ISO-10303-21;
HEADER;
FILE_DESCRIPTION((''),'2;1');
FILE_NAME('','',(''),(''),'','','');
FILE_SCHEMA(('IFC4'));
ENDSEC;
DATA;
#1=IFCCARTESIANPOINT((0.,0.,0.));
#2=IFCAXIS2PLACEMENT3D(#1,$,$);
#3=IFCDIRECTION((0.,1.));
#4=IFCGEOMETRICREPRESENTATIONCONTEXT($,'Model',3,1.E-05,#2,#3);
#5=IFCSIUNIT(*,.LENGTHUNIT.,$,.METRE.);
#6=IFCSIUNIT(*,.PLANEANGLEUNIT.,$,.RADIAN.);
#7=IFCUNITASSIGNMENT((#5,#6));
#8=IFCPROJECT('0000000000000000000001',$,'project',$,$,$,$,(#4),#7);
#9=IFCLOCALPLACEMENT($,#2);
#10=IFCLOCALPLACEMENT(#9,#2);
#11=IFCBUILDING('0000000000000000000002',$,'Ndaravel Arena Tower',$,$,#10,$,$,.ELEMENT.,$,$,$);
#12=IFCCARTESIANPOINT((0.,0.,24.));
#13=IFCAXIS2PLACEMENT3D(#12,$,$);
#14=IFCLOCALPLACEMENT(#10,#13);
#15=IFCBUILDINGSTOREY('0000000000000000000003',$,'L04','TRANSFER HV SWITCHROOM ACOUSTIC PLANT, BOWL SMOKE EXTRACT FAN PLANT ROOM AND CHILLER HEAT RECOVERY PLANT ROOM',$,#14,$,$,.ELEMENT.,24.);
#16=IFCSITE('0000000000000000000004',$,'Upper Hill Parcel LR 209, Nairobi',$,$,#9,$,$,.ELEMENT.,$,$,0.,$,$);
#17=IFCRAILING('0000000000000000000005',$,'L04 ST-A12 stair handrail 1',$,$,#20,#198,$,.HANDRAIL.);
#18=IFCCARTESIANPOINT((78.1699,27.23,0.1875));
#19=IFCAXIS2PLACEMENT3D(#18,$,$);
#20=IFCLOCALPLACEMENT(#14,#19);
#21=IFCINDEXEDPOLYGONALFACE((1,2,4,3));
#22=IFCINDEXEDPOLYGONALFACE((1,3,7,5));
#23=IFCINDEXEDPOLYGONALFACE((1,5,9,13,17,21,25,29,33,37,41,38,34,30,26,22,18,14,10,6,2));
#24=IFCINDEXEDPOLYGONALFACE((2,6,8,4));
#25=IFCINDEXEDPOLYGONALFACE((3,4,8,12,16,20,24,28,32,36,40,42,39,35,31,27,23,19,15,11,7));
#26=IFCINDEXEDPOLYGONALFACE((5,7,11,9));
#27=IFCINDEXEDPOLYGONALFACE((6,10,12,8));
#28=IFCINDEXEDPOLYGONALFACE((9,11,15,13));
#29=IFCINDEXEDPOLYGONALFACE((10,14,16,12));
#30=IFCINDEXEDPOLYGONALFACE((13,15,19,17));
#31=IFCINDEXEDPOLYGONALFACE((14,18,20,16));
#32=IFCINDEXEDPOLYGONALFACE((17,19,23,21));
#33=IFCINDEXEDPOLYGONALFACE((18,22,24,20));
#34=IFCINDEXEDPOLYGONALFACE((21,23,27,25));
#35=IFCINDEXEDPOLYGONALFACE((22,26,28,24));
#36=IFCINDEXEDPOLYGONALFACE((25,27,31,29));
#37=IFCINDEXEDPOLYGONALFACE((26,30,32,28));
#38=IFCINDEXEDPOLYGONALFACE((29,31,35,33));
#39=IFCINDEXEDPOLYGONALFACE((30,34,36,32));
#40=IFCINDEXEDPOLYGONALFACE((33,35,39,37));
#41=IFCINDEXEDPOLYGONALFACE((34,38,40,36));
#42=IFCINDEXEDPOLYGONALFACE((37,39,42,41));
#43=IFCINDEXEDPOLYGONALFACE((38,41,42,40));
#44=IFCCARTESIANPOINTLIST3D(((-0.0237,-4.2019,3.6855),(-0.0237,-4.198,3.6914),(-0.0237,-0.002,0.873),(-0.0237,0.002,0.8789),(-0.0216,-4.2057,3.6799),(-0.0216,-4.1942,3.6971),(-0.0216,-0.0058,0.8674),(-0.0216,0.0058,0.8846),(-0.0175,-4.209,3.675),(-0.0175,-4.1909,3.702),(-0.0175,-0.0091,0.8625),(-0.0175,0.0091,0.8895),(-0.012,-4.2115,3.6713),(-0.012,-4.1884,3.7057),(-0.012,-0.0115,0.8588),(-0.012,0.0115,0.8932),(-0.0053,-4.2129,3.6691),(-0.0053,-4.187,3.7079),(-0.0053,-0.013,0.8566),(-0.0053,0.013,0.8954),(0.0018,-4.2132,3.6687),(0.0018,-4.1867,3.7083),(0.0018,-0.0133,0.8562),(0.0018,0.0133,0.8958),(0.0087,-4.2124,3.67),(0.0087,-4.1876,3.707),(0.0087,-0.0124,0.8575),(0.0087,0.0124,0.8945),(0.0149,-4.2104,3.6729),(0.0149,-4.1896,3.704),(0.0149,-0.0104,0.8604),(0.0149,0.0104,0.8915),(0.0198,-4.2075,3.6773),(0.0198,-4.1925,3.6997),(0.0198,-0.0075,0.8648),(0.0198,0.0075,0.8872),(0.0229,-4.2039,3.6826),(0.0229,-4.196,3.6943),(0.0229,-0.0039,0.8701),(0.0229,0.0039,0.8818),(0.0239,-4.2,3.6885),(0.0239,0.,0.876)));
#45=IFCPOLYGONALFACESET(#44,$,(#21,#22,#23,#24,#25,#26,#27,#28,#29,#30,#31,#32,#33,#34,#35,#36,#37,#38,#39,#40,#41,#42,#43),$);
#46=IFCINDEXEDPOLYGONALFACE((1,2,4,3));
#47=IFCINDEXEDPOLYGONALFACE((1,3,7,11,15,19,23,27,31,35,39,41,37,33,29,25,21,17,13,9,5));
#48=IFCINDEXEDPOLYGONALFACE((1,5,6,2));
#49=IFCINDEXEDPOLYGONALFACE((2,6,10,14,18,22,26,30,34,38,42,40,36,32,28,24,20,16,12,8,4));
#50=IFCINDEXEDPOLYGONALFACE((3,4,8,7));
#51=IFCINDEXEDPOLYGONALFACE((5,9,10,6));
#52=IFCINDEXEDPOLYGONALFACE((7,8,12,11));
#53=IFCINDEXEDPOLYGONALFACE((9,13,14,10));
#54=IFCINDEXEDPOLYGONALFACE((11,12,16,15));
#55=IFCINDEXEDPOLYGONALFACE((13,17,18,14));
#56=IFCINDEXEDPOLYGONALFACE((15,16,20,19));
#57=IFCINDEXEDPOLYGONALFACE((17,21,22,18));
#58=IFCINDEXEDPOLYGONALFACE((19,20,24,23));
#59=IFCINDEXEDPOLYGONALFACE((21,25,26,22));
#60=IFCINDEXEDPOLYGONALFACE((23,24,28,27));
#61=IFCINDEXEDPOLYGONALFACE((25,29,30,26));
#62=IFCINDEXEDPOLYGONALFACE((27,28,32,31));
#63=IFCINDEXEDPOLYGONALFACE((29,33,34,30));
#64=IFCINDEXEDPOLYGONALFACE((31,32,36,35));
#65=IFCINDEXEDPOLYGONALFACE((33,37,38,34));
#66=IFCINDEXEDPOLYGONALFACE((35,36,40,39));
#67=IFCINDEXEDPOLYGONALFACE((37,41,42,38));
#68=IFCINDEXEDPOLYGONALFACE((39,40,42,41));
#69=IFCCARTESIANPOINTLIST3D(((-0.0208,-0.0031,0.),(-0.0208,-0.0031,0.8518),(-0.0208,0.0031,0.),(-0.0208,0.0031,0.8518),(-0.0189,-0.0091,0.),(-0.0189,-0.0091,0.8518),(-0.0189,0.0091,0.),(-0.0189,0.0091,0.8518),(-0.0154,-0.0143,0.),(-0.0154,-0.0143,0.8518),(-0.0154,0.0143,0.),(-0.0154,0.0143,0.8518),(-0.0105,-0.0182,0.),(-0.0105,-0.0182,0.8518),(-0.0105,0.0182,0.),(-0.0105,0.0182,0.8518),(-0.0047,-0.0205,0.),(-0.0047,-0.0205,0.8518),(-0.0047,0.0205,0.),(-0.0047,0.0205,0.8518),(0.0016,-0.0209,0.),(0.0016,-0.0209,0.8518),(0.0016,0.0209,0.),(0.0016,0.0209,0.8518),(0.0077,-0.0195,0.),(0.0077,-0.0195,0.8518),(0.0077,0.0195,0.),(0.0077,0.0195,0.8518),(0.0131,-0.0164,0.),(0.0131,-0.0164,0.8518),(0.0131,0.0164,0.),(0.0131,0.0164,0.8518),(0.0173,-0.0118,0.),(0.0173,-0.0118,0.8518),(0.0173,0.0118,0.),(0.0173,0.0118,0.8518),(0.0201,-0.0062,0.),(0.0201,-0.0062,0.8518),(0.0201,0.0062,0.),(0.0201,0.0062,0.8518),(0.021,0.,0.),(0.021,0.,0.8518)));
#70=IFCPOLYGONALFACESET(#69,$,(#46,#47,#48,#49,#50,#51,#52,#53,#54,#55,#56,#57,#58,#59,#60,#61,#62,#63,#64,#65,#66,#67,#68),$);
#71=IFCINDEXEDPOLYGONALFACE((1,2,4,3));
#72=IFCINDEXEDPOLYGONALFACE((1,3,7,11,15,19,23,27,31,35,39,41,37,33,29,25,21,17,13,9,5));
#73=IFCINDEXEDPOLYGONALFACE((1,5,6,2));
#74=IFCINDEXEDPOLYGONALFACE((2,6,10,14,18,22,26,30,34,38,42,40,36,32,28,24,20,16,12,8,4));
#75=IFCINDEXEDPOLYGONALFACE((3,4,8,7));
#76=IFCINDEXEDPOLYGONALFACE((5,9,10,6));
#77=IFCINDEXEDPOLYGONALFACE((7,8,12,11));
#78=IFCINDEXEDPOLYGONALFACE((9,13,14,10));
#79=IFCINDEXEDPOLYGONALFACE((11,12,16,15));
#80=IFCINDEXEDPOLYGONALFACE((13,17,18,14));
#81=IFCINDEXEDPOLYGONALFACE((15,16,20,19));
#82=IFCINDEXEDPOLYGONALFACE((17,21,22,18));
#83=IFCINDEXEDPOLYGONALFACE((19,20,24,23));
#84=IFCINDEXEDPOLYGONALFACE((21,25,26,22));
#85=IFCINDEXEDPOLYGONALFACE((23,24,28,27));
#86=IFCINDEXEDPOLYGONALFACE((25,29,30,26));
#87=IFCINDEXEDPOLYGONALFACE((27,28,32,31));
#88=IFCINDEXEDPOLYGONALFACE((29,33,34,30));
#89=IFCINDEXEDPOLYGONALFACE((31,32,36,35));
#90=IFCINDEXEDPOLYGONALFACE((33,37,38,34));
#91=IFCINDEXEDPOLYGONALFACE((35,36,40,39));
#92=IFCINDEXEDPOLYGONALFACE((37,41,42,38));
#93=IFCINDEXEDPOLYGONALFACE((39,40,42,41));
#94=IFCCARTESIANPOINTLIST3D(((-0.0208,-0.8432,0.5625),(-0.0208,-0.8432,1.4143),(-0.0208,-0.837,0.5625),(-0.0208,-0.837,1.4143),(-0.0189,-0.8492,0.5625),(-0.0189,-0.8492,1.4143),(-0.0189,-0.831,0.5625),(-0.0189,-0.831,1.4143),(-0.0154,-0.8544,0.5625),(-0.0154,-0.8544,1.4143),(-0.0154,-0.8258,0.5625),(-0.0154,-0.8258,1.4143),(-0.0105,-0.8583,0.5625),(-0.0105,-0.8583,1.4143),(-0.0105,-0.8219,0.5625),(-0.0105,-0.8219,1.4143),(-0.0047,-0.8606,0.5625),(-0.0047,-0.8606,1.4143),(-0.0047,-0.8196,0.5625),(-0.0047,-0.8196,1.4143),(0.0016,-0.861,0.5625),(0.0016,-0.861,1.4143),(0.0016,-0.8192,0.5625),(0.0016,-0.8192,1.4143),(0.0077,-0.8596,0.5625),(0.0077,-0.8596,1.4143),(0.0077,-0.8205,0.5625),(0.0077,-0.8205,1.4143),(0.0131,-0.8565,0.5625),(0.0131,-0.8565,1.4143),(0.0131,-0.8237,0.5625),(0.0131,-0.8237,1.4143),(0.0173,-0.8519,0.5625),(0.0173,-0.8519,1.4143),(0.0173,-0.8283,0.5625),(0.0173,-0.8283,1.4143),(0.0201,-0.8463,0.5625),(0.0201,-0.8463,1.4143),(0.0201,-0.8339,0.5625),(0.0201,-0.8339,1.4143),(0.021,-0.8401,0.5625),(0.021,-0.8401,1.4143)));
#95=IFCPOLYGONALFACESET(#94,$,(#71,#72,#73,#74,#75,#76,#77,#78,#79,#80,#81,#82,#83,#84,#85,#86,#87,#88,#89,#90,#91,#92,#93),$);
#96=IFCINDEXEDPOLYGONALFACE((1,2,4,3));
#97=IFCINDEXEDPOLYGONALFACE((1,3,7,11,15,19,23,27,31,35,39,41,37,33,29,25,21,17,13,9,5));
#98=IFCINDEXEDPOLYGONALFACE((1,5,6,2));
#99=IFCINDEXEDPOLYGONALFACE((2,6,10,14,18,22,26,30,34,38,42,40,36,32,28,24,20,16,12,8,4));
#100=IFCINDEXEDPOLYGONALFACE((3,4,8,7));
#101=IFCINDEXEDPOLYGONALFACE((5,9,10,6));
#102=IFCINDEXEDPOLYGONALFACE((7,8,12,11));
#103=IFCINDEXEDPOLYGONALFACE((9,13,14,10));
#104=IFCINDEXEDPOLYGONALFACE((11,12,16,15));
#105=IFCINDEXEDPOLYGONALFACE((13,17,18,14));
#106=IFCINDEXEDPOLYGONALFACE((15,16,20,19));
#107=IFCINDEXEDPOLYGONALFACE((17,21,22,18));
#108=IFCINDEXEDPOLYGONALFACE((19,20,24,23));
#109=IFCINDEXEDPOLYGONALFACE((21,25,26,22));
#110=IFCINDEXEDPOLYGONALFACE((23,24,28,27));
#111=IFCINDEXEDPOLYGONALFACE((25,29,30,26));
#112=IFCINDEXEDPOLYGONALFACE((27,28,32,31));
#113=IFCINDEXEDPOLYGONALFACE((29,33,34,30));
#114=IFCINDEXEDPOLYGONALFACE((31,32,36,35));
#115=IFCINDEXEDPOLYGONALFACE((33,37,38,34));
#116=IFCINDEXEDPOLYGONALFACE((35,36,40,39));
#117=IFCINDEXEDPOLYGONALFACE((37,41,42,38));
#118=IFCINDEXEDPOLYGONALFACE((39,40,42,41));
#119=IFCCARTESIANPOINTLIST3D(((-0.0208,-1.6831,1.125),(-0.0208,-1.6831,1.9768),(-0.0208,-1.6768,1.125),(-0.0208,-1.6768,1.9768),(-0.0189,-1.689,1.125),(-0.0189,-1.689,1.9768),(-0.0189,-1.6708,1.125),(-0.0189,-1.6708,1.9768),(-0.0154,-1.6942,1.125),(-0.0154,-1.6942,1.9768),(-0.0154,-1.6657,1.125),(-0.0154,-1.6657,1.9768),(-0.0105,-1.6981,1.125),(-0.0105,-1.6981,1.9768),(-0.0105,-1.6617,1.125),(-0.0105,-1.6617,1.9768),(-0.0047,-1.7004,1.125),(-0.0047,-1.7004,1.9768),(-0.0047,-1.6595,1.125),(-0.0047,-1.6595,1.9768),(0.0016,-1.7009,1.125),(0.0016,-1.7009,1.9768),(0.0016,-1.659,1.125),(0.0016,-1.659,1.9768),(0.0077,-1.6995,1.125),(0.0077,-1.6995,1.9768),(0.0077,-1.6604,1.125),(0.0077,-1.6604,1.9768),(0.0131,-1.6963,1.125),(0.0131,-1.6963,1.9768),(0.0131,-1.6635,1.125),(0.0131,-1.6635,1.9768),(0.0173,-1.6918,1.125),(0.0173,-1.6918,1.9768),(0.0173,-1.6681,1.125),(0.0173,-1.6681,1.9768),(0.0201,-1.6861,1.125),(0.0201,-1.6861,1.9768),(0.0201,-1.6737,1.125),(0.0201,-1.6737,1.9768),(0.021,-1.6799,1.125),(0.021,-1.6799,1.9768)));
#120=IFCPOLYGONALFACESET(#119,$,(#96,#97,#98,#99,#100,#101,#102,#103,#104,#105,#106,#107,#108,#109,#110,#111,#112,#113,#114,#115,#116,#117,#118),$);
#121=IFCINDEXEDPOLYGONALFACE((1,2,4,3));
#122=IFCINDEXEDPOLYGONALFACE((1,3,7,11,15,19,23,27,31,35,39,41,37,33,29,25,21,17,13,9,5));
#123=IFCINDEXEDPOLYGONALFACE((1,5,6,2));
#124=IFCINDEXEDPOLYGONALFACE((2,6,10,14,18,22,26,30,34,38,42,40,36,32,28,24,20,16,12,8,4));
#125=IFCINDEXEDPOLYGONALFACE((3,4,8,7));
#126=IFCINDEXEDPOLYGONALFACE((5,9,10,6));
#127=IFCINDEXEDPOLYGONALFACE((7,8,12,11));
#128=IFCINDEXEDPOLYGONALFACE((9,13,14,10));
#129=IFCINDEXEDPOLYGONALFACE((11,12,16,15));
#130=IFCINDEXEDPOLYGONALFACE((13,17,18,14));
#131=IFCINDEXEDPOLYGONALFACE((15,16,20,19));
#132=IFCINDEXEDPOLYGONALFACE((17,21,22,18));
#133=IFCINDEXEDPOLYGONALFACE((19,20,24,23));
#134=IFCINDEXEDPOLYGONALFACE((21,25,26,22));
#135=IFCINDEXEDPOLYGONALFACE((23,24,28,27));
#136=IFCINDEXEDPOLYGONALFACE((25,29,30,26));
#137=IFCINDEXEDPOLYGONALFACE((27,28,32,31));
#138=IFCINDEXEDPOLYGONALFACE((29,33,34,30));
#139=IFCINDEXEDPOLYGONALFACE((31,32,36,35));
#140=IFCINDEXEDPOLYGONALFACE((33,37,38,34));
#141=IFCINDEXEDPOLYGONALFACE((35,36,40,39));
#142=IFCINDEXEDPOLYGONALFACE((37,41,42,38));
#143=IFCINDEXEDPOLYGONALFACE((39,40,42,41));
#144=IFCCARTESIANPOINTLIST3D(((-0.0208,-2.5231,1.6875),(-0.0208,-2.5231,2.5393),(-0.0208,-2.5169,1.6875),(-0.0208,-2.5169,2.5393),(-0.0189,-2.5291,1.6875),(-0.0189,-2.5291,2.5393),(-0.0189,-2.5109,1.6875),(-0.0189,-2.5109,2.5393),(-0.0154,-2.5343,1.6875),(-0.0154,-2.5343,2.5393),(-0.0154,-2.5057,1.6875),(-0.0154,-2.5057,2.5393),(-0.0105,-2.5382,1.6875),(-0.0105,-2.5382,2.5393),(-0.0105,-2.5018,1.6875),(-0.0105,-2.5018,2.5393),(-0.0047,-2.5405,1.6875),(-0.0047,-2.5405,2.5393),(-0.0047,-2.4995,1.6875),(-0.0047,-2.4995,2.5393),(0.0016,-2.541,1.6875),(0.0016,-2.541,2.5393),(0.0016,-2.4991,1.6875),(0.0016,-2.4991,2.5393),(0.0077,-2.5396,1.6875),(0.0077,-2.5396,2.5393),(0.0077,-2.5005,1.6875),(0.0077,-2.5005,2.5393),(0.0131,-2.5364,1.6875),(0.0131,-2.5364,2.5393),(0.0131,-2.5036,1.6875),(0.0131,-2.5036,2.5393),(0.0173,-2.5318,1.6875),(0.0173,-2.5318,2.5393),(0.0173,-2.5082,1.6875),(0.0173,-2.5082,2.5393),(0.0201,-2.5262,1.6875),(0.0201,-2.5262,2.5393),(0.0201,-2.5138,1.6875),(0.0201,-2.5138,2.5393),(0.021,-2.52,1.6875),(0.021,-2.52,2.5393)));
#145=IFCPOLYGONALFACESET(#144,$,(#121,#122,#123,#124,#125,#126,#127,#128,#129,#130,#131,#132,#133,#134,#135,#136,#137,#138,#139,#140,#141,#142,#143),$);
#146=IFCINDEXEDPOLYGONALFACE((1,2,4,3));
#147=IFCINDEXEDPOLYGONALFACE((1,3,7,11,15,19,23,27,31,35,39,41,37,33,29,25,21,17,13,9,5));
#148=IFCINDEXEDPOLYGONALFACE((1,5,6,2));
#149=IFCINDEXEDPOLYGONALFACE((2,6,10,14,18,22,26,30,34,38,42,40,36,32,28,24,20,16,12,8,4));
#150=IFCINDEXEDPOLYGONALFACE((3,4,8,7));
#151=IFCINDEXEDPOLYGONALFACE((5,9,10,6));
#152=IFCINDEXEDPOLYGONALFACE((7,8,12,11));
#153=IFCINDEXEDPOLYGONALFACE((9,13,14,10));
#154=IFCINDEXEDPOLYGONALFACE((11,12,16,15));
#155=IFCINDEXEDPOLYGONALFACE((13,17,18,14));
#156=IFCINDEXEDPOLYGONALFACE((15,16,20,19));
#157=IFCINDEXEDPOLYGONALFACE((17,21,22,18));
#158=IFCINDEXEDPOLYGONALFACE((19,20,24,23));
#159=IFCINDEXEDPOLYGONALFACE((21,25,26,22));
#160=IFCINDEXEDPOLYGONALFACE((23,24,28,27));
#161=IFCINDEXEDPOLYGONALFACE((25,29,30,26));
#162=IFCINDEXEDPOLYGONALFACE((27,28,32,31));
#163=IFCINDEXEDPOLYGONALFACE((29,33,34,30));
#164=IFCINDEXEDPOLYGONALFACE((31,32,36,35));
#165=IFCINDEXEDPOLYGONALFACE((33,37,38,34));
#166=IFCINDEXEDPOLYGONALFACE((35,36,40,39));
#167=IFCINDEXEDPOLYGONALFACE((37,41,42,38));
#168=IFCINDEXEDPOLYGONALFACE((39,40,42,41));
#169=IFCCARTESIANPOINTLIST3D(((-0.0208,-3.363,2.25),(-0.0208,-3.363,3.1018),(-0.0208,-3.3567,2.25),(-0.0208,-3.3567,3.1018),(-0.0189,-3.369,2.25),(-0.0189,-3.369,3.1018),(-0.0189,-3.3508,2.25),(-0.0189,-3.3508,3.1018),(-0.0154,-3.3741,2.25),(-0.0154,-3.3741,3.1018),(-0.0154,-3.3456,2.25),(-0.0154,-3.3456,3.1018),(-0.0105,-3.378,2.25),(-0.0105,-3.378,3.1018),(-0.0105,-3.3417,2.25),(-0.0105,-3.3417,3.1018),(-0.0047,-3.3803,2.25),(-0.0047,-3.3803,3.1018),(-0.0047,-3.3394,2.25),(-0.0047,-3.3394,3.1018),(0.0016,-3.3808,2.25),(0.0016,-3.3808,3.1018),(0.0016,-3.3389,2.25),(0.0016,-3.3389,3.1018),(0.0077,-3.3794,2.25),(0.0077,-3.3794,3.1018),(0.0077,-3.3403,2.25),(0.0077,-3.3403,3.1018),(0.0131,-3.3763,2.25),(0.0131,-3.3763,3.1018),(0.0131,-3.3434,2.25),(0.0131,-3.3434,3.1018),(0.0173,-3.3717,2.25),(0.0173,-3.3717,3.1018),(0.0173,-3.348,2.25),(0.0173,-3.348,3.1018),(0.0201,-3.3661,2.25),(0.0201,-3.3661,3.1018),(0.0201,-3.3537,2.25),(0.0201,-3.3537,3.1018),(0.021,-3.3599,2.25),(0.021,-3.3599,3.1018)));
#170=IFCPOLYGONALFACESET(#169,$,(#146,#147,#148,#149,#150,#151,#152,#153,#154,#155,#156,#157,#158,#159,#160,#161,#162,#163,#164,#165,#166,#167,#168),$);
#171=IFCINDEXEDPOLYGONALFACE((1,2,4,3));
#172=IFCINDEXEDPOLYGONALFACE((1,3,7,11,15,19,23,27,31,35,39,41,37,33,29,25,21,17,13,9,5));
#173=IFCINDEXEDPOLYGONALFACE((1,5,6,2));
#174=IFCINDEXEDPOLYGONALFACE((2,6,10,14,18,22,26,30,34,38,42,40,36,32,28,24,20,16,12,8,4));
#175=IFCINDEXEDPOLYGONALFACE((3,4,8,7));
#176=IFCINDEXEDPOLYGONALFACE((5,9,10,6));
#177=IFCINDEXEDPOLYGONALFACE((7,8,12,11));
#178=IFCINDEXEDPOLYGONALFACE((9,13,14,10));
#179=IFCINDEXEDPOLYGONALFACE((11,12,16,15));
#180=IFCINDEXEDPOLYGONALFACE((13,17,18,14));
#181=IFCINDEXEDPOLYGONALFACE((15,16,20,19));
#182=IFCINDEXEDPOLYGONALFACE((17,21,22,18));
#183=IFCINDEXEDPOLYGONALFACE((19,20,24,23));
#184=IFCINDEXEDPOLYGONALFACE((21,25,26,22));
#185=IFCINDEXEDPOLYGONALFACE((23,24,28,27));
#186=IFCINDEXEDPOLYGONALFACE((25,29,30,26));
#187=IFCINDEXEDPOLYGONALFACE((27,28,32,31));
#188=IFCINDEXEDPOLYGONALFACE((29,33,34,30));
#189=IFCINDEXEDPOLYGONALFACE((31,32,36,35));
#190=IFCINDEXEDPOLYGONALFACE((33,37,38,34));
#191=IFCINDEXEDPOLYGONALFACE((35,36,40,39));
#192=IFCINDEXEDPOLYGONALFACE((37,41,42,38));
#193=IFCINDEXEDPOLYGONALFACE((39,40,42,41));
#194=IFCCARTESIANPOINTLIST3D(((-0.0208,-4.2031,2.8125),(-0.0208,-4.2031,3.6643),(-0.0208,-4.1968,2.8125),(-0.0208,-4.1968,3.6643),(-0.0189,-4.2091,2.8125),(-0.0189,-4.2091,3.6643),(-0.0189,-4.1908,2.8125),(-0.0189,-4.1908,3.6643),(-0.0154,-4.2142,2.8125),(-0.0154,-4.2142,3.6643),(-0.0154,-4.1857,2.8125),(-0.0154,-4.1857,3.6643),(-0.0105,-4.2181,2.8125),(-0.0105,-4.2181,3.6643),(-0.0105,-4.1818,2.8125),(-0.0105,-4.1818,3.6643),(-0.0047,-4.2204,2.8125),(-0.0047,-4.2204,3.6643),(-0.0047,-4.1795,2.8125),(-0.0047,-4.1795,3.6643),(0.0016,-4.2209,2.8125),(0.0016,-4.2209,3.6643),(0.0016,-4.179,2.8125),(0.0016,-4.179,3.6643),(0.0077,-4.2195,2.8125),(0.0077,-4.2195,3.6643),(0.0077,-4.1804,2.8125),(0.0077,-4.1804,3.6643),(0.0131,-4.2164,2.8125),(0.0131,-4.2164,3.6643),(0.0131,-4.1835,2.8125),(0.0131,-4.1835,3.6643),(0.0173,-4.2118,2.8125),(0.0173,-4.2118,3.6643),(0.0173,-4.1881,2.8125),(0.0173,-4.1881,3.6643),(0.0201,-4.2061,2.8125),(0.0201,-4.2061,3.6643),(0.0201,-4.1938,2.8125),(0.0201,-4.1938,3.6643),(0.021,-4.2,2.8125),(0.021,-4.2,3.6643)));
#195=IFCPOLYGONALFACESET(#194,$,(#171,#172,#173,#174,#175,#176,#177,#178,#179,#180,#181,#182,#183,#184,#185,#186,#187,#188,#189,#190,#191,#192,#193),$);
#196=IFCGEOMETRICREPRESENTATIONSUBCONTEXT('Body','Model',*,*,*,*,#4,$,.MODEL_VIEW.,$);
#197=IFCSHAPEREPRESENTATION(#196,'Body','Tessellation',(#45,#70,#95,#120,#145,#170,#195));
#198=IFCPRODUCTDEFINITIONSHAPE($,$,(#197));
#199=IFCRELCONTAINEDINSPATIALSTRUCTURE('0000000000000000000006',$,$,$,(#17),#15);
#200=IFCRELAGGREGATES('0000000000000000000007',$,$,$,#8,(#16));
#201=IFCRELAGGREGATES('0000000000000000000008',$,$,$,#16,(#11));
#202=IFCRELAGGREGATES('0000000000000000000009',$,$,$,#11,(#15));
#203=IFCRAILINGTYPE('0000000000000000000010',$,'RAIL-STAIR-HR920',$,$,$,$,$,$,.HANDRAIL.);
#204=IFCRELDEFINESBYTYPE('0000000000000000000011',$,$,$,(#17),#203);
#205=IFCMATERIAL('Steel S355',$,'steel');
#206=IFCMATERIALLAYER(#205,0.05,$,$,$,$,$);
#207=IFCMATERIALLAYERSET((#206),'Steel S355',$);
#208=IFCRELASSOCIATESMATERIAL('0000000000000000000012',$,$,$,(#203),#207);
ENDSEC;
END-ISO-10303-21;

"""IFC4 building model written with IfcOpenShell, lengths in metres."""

from ifc_helpers import new_model, si_unit, direction, frame, origin, origin_2d, place, context, subcontext, project, spatial, circle, extrude, material, layer, layer_set, type_object, element, save


model = new_model("IFC4")

# Units and contexts
model_context = context("Model", 3, precision=1e-05, world=origin(), true_north=direction((0.0, 1.0)))
body_context = subcontext(model_context, "Body", "Model", "MODEL_VIEW")
ifc_project = project(units=[si_unit("LENGTHUNIT", "METRE"), si_unit("PLANEANGLEUNIT", "RADIAN")], contexts=[model_context])

# Site, building, storey
site_placement = place(None, origin())
site = spatial("IfcSite", under=ifc_project, at=site_placement, Name="Upper Hill Parcel LR 209, Nairobi", CompositionType="ELEMENT", RefElevation=0.0)
building_placement = place(site_placement, origin())
building = spatial("IfcBuilding", under=site, at=building_placement, Name="Ndaravel Arena Tower", CompositionType="ELEMENT")
storey_placement = place(building_placement, frame((0.0, 0.0, 24.0)))
storey = spatial("IfcBuildingStorey", under=building, at=storey_placement, Name="L04", Description="TRANSFER HV SWITCHROOM ACOUSTIC PLANT, BOWL SMOKE EXTRACT FAN PLANT ROOM AND CHILLER HEAT RECOVERY PLANT ROOM", CompositionType="ELEMENT", Elevation=24.0)

# Railing
ifc_material_1 = material(Name="Steel S355", Category="steel")
ifc_layer_1 = layer(ifc_material_1, 0.05)
ifc_layer_set_1 = layer_set([ifc_layer_1], Name="Steel S355")
railing_type_1 = type_object("IfcRailingType", Name="RAIL-STAIR-HR920", PredefinedType="HANDRAIL", material=ifc_layer_set_1)
railing_1_placement = place(storey_placement, frame((78.1699, 27.23, 0.1875)))
element("IfcRailing", 1, at=railing_1_placement, inside=storey, type_object=railing_type_1, Name="L04 ST-A12 stair handrail 1", PredefinedType="HANDRAIL", context=body_context, shape_type="SweptSolid", body=[
    extrude(circle(Radius=0.0239, at=origin_2d()), frame((0.0, 0.0, 0.876), z_axis=(0.0, -0.830904, 0.556416), x_axis=(1.0, 0.0, 0.0)), (0.0, 0.0, 1.0), 5.0547),
    extrude(circle(Radius=0.021, at=origin_2d()), origin(), (0.0, 0.0, 1.0), 0.8518),
    extrude(circle(Radius=0.021, at=origin_2d()), frame((0.0, -0.8401, 0.5625)), (0.0, 0.0, 1.0), 0.8518),
    extrude(circle(Radius=0.021, at=origin_2d()), frame((0.0, -1.6799, 1.125)), (0.0, 0.0, 1.0), 0.8518),
    extrude(circle(Radius=0.021, at=origin_2d()), frame((0.0, -2.52, 1.6875)), (0.0, 0.0, 1.0), 0.8518),
    extrude(circle(Radius=0.021, at=origin_2d()), frame((0.0, -3.3599, 2.25)), (0.0, 0.0, 1.0), 0.8518),
    extrude(circle(Radius=0.021, at=origin_2d()), frame((0.0, -4.2, 2.8125)), (0.0, 0.0, 1.0), 0.8518),
])

save(model, "model.ifc")
